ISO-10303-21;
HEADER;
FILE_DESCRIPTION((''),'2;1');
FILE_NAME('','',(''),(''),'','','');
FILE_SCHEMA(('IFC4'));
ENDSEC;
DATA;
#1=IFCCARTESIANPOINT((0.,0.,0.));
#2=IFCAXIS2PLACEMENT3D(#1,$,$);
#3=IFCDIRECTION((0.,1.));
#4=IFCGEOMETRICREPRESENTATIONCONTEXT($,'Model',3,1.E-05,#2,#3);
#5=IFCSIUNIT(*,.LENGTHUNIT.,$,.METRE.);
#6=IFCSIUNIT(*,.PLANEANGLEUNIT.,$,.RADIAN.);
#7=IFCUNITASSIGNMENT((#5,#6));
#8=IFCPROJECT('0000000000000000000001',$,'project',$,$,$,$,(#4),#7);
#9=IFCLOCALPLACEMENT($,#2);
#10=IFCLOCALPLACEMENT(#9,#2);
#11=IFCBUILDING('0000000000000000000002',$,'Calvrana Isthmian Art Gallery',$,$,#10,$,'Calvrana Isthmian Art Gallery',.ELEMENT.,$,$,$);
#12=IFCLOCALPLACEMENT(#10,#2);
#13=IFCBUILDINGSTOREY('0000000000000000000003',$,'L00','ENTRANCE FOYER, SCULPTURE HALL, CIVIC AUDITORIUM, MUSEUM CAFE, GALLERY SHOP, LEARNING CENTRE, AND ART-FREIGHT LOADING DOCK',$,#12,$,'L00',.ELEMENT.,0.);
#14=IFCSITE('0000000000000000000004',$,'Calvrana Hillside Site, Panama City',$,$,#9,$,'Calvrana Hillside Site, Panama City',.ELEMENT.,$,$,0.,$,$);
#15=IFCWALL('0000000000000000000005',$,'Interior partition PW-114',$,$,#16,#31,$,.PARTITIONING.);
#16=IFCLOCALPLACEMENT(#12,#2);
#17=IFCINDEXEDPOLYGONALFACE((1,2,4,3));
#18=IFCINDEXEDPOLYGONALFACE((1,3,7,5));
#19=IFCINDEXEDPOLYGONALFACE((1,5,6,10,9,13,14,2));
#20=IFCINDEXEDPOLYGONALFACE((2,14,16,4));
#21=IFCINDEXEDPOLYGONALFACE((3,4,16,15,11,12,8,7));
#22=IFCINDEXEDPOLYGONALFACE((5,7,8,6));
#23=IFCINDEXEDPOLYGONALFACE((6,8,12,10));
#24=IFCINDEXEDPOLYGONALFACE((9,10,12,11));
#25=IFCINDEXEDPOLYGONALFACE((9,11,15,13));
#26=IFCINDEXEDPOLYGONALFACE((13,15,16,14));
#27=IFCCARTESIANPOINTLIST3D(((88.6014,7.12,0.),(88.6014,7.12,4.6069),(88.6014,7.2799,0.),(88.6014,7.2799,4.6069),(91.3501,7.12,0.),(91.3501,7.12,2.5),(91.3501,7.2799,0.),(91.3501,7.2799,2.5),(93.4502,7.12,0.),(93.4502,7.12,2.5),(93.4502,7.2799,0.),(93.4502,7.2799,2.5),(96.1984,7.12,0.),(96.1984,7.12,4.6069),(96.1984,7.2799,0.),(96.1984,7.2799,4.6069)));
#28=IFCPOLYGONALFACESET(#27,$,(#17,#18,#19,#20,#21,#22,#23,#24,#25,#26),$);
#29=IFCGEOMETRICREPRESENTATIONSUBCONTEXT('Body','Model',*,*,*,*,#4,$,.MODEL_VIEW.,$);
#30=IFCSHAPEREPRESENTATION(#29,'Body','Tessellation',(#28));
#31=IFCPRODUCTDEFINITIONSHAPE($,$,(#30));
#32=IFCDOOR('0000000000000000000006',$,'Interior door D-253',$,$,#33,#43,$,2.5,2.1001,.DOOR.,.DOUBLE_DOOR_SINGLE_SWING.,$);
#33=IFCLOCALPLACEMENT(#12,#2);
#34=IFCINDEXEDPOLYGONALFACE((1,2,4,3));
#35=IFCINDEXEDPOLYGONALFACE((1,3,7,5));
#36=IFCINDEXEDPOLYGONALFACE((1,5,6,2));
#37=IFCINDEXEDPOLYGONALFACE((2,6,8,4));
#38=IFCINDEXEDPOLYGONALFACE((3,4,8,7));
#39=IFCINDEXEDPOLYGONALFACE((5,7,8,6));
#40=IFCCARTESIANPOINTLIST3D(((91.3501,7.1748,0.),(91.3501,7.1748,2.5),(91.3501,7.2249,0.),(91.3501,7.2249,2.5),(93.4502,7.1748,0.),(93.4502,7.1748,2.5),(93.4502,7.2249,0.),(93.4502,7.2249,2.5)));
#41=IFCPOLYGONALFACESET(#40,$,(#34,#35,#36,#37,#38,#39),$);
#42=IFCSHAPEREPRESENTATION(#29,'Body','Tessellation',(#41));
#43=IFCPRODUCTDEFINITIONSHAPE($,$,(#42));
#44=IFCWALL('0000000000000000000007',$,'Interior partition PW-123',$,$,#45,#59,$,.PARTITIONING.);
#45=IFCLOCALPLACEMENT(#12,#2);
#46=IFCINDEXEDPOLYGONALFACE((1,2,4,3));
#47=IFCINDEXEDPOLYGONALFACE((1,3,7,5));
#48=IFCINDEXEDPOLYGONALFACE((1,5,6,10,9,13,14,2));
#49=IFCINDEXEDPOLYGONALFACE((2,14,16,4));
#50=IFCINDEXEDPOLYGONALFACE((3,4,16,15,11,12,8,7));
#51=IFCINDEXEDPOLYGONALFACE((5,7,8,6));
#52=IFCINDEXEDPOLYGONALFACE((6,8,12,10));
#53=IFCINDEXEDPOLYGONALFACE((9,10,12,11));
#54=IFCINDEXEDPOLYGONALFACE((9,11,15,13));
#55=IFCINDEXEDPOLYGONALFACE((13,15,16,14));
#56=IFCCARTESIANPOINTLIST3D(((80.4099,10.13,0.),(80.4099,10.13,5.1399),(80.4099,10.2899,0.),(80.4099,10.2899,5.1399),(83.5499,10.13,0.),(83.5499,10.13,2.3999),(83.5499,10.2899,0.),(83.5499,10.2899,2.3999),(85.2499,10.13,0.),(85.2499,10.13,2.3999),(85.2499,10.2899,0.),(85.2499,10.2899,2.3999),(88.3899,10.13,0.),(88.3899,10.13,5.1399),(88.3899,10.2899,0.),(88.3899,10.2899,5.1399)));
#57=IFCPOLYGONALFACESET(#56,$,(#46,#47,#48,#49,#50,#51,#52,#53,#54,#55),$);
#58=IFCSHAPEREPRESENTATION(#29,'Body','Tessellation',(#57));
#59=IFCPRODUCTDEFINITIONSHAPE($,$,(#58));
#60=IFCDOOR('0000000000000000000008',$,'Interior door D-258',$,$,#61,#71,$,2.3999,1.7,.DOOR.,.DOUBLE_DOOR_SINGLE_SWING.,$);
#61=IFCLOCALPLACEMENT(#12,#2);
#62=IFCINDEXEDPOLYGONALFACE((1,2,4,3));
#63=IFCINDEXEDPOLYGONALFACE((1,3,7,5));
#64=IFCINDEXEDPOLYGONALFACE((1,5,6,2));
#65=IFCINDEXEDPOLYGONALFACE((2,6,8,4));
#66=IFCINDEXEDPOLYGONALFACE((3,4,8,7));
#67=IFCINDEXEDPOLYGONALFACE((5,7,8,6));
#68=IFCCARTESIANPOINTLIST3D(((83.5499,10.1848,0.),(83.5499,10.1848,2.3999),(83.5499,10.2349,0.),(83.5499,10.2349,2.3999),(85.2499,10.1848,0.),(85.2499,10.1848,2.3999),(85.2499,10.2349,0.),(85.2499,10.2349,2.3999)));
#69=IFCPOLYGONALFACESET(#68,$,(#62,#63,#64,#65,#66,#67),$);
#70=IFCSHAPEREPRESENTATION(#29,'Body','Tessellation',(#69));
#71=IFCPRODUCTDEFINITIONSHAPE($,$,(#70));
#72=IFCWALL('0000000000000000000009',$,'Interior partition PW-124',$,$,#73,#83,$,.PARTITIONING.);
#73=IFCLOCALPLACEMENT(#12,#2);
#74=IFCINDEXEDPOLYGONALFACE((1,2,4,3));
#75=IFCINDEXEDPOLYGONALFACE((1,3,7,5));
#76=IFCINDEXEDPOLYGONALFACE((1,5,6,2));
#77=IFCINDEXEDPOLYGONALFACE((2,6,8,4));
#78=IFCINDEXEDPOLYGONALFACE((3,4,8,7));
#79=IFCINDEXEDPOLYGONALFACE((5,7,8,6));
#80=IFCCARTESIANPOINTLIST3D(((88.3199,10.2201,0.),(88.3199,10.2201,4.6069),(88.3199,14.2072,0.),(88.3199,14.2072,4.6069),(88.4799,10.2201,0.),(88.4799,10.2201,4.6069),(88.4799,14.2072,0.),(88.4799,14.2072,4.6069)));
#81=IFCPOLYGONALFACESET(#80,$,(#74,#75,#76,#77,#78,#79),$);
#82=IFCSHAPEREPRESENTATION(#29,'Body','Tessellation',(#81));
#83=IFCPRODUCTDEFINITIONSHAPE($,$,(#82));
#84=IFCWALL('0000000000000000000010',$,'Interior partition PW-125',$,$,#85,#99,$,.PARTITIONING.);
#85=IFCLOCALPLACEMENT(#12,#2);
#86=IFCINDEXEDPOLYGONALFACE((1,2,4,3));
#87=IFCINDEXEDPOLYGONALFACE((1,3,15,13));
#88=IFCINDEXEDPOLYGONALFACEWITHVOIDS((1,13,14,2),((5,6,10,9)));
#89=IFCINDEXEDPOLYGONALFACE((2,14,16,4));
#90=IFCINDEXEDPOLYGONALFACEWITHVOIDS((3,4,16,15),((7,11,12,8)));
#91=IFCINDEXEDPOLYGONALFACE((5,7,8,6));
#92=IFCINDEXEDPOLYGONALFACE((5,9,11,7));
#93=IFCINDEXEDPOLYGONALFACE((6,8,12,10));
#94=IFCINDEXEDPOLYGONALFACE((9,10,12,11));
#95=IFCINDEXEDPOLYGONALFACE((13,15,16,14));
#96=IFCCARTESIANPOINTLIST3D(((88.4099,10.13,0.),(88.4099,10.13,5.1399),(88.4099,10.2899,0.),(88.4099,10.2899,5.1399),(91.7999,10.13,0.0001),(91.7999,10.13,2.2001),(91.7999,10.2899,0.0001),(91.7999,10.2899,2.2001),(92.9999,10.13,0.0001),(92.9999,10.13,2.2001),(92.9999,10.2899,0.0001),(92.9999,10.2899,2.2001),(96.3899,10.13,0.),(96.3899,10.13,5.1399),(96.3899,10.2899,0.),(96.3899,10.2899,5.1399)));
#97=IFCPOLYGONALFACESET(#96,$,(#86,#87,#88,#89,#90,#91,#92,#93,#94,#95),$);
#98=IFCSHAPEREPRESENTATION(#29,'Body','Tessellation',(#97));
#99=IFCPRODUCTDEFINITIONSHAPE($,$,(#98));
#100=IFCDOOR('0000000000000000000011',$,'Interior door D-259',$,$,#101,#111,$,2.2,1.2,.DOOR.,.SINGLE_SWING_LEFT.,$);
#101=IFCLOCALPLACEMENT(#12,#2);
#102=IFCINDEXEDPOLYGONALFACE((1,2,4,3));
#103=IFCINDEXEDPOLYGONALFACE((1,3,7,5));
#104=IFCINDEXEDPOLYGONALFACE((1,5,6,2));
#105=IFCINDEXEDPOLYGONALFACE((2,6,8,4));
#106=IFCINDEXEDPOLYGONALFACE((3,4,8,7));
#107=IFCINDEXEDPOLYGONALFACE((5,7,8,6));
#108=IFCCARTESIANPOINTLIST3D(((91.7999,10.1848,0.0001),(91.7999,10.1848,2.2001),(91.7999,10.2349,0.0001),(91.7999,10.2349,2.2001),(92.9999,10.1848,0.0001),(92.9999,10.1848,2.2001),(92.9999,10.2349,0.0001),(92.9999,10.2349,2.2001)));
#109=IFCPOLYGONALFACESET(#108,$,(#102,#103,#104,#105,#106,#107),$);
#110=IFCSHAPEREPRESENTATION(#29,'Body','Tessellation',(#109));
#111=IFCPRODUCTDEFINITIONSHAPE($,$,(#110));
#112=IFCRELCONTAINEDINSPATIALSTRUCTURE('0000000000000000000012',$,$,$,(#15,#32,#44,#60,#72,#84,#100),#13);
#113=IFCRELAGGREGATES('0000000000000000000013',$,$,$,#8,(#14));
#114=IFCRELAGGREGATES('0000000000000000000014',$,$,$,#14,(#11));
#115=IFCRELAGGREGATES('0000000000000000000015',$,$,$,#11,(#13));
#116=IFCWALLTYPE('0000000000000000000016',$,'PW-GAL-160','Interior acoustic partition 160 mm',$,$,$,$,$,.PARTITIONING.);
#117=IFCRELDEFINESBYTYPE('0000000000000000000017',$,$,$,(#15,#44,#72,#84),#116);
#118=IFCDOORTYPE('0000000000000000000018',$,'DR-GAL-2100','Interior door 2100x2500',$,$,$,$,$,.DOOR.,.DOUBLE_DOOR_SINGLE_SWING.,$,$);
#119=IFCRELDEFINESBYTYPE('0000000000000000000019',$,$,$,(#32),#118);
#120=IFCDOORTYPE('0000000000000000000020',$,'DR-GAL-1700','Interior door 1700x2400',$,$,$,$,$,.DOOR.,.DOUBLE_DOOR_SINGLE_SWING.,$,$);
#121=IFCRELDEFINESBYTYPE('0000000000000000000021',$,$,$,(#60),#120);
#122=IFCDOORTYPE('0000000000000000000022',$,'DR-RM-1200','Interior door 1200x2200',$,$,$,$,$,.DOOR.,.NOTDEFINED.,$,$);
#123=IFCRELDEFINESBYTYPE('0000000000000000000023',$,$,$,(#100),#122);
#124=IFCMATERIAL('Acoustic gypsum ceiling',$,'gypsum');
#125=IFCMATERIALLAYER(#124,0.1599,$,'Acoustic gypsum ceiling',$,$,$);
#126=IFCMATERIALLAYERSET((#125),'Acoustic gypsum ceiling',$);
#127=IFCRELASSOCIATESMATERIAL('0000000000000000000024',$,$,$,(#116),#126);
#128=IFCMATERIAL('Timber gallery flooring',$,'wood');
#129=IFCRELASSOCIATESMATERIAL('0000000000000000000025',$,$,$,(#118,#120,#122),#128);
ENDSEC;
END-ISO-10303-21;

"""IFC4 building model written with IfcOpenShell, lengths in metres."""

from ifc_helpers import new_model, si_unit, direction, frame, frame_2d, origin, place, context, subcontext, project, spatial, rectangle, extrude, material, layer, layer_set, type_object, element, fill, save


model = new_model("IFC4")

# Units and contexts
model_context = context("Model", 3, precision=1e-05, world=origin(), true_north=direction((0.0, 1.0)))
body_context = subcontext(model_context, "Body", "Model", "MODEL_VIEW")
ifc_project = project(units=[si_unit("LENGTHUNIT", "METRE"), si_unit("PLANEANGLEUNIT", "RADIAN")], contexts=[model_context])

# Site, building, storey
site_placement = place(None, origin())
site = spatial("IfcSite", under=ifc_project, at=site_placement, Name="Calvrana Hillside Site, Panama City", LongName="Calvrana Hillside Site, Panama City", CompositionType="ELEMENT", RefElevation=0.0)
building_placement = place(site_placement, origin())
building = spatial("IfcBuilding", under=site, at=building_placement, Name="Calvrana Isthmian Art Gallery", LongName="Calvrana Isthmian Art Gallery", CompositionType="ELEMENT")
storey_placement = place(building_placement, origin())
storey = spatial("IfcBuildingStorey", under=building, at=storey_placement, Name="L00", Description="ENTRANCE FOYER, SCULPTURE HALL, CIVIC AUDITORIUM, MUSEUM CAFE, GALLERY SHOP, LEARNING CENTRE, AND ART-FREIGHT LOADING DOCK", LongName="L00", CompositionType="ELEMENT", Elevation=0.0)

# Shared definitions
ifc_material_1 = material(Name="Acoustic gypsum ceiling", Category="gypsum")
ifc_layer_1 = layer(ifc_material_1, 0.1599, Name="Acoustic gypsum ceiling")
ifc_layer_set_1 = layer_set([ifc_layer_1], Name="Acoustic gypsum ceiling")
wall_type = type_object("IfcWallType", Name="PW-GAL-160", Description="Interior acoustic partition 160 mm", PredefinedType="PARTITIONING", material=ifc_layer_set_1)

# Walls, openings, doors
ifc_material_2 = material(Name="Timber gallery flooring", Category="wood")
wall_1_placement = place(storey_placement, frame((88.6016, 7.2, 0.0), z_axis=(0.0, 0.0, 1.0), x_axis=(1.0, 0.0, 0.0)))
wall_1 = element("IfcWall", 1, at=wall_1_placement, inside=storey, type_object=wall_type, Name="Interior partition PW-114", PredefinedType="PARTITIONING", context=body_context, shape_type="SweptSolid", body=[
    extrude(rectangle(XDim=7.5969, YDim=0.1599, at=frame_2d((3.7983, 0.0))), origin(), (0.0, 0.0, 1.0), 4.6069),
])
opening_1_placement = place(wall_1_placement, frame((2.7485, 0.0, 0.0)))
opening_1 = element("IfcOpeningElement", 2, at=opening_1_placement, cuts=wall_1, PredefinedType="OPENING", context=body_context, shape_type="SweptSolid", body=[
    extrude(rectangle(XDim=2.1001, YDim=2.5, at=frame_2d((1.05, 1.25))), frame((0.0, 0.0903, 0.0), z_axis=(0.0, -1.0, 0.0), x_axis=(1.0, 0.0, 0.0)), (0.0, 0.0, 1.0), 0.1804),
])
door_type_1 = type_object("IfcDoorType", Name="DR-GAL-2100", Description="Interior door 2100x2500", OperationType="DOUBLE_DOOR_SINGLE_SWING", PredefinedType="DOOR", material=ifc_material_2)
door_1_placement = place(opening_1_placement, origin())
door_1 = element("IfcDoor", 3, at=door_1_placement, inside=storey, type_object=door_type_1, Name="Interior door D-253", OperationType="DOUBLE_DOOR_SINGLE_SWING", OverallHeight=2.5, OverallWidth=2.1001, PredefinedType="DOOR", context=body_context, shape_type="SweptSolid", body=[
    extrude(rectangle(XDim=2.1001, YDim=2.5, at=frame_2d((1.05, 1.25))), frame((0.0, 0.0249, 0.0), z_axis=(0.0, -1.0, 0.0), x_axis=(1.0, 0.0, 0.0)), (0.0, 0.0, 1.0), 0.05),
])
fill(opening_1, door_1)
wall_2_placement = place(storey_placement, frame((80.4099, 10.21, 0.0), z_axis=(0.0, 0.0, 1.0), x_axis=(1.0, 0.0, 0.0)))
wall_2 = element("IfcWall", 4, at=wall_2_placement, inside=storey, type_object=wall_type, Name="Interior partition PW-123", PredefinedType="PARTITIONING", context=body_context, shape_type="SweptSolid", body=[
    extrude(rectangle(XDim=7.98, YDim=0.1599, at=frame_2d((3.99, 0.0))), origin(), (0.0, 0.0, 1.0), 5.1399),
])
opening_2_placement = place(wall_2_placement, frame((3.1399, 0.0, 0.0)))
opening_2 = element("IfcOpeningElement", 5, at=opening_2_placement, cuts=wall_2, PredefinedType="OPENING", context=body_context, shape_type="SweptSolid", body=[
    extrude(rectangle(XDim=1.7, YDim=2.3999, at=frame_2d((0.8501, 1.2))), frame((0.0, 0.0903, 0.0), z_axis=(0.0, -1.0, 0.0), x_axis=(1.0, 0.0, 0.0)), (0.0, 0.0, 1.0), 0.1804),
])
door_type_2 = type_object("IfcDoorType", Name="DR-GAL-1700", Description="Interior door 1700x2400", OperationType="DOUBLE_DOOR_SINGLE_SWING", PredefinedType="DOOR", material=ifc_material_2)
door_2_placement = place(opening_2_placement, origin())
door_2 = element("IfcDoor", 6, at=door_2_placement, inside=storey, type_object=door_type_2, Name="Interior door D-258", OperationType="DOUBLE_DOOR_SINGLE_SWING", OverallHeight=2.3999, OverallWidth=1.7, PredefinedType="DOOR", context=body_context, shape_type="SweptSolid", body=[
    extrude(rectangle(XDim=1.7, YDim=2.3999, at=frame_2d((0.8501, 1.2))), frame((0.0, 0.0249, 0.0), z_axis=(0.0, -1.0, 0.0), x_axis=(1.0, 0.0, 0.0)), (0.0, 0.0, 1.0), 0.05),
])
fill(opening_2, door_2)

# Wall
wall_3_placement = place(storey_placement, frame((88.3999, 10.22, 0.0), z_axis=(0.0, 0.0, 1.0), x_axis=(0.0, 1.0, 0.0)))
element("IfcWall", 7, at=wall_3_placement, inside=storey, type_object=wall_type, Name="Interior partition PW-124", PredefinedType="PARTITIONING", context=body_context, shape_type="SweptSolid", body=[
    extrude(rectangle(XDim=3.9871, YDim=0.1599, at=frame_2d((1.9937, 0.0))), origin(), (0.0, 0.0, 1.0), 4.6069),
])

# Wall, opening, door
wall_4_placement = place(storey_placement, frame((88.4099, 10.21, 0.0), z_axis=(0.0, 0.0, 1.0), x_axis=(1.0, 0.0, 0.0)))
wall_4 = element("IfcWall", 8, at=wall_4_placement, inside=storey, type_object=wall_type, Name="Interior partition PW-125", PredefinedType="PARTITIONING", context=body_context, shape_type="SweptSolid", body=[
    extrude(rectangle(XDim=7.98, YDim=0.1599, at=frame_2d((3.99, 0.0))), origin(), (0.0, 0.0, 1.0), 5.1399),
])
opening_3_placement = place(wall_4_placement, frame((3.3899, 0.0, 0.0)))
opening_3 = element("IfcOpeningElement", 9, at=opening_3_placement, cuts=wall_4, PredefinedType="OPENING", context=body_context, shape_type="SweptSolid", body=[
    extrude(rectangle(XDim=1.2, YDim=2.2, at=frame_2d((0.6001, 1.1001))), frame((0.0, 0.0903, 0.0), z_axis=(0.0, -1.0, 0.0), x_axis=(1.0, 0.0, 0.0)), (0.0, 0.0, 1.0), 0.1804),
])
door_type_3 = type_object("IfcDoorType", Name="DR-RM-1200", Description="Interior door 1200x2200", OperationType="NOTDEFINED", PredefinedType="DOOR", material=ifc_material_2)
door_3_placement = place(opening_3_placement, origin())
door_3 = element("IfcDoor", 10, at=door_3_placement, inside=storey, type_object=door_type_3, Name="Interior door D-259", OperationType="SINGLE_SWING_LEFT", OverallHeight=2.2, OverallWidth=1.2, PredefinedType="DOOR", context=body_context, shape_type="SweptSolid", body=[
    extrude(rectangle(XDim=1.2, YDim=2.2, at=frame_2d((0.6001, 1.1001))), frame((0.0, 0.0249, 0.0), z_axis=(0.0, -1.0, 0.0), x_axis=(1.0, 0.0, 0.0)), (0.0, 0.0, 1.0), 0.05),
])
fill(opening_3, door_3)

save(model, "model.ifc")
